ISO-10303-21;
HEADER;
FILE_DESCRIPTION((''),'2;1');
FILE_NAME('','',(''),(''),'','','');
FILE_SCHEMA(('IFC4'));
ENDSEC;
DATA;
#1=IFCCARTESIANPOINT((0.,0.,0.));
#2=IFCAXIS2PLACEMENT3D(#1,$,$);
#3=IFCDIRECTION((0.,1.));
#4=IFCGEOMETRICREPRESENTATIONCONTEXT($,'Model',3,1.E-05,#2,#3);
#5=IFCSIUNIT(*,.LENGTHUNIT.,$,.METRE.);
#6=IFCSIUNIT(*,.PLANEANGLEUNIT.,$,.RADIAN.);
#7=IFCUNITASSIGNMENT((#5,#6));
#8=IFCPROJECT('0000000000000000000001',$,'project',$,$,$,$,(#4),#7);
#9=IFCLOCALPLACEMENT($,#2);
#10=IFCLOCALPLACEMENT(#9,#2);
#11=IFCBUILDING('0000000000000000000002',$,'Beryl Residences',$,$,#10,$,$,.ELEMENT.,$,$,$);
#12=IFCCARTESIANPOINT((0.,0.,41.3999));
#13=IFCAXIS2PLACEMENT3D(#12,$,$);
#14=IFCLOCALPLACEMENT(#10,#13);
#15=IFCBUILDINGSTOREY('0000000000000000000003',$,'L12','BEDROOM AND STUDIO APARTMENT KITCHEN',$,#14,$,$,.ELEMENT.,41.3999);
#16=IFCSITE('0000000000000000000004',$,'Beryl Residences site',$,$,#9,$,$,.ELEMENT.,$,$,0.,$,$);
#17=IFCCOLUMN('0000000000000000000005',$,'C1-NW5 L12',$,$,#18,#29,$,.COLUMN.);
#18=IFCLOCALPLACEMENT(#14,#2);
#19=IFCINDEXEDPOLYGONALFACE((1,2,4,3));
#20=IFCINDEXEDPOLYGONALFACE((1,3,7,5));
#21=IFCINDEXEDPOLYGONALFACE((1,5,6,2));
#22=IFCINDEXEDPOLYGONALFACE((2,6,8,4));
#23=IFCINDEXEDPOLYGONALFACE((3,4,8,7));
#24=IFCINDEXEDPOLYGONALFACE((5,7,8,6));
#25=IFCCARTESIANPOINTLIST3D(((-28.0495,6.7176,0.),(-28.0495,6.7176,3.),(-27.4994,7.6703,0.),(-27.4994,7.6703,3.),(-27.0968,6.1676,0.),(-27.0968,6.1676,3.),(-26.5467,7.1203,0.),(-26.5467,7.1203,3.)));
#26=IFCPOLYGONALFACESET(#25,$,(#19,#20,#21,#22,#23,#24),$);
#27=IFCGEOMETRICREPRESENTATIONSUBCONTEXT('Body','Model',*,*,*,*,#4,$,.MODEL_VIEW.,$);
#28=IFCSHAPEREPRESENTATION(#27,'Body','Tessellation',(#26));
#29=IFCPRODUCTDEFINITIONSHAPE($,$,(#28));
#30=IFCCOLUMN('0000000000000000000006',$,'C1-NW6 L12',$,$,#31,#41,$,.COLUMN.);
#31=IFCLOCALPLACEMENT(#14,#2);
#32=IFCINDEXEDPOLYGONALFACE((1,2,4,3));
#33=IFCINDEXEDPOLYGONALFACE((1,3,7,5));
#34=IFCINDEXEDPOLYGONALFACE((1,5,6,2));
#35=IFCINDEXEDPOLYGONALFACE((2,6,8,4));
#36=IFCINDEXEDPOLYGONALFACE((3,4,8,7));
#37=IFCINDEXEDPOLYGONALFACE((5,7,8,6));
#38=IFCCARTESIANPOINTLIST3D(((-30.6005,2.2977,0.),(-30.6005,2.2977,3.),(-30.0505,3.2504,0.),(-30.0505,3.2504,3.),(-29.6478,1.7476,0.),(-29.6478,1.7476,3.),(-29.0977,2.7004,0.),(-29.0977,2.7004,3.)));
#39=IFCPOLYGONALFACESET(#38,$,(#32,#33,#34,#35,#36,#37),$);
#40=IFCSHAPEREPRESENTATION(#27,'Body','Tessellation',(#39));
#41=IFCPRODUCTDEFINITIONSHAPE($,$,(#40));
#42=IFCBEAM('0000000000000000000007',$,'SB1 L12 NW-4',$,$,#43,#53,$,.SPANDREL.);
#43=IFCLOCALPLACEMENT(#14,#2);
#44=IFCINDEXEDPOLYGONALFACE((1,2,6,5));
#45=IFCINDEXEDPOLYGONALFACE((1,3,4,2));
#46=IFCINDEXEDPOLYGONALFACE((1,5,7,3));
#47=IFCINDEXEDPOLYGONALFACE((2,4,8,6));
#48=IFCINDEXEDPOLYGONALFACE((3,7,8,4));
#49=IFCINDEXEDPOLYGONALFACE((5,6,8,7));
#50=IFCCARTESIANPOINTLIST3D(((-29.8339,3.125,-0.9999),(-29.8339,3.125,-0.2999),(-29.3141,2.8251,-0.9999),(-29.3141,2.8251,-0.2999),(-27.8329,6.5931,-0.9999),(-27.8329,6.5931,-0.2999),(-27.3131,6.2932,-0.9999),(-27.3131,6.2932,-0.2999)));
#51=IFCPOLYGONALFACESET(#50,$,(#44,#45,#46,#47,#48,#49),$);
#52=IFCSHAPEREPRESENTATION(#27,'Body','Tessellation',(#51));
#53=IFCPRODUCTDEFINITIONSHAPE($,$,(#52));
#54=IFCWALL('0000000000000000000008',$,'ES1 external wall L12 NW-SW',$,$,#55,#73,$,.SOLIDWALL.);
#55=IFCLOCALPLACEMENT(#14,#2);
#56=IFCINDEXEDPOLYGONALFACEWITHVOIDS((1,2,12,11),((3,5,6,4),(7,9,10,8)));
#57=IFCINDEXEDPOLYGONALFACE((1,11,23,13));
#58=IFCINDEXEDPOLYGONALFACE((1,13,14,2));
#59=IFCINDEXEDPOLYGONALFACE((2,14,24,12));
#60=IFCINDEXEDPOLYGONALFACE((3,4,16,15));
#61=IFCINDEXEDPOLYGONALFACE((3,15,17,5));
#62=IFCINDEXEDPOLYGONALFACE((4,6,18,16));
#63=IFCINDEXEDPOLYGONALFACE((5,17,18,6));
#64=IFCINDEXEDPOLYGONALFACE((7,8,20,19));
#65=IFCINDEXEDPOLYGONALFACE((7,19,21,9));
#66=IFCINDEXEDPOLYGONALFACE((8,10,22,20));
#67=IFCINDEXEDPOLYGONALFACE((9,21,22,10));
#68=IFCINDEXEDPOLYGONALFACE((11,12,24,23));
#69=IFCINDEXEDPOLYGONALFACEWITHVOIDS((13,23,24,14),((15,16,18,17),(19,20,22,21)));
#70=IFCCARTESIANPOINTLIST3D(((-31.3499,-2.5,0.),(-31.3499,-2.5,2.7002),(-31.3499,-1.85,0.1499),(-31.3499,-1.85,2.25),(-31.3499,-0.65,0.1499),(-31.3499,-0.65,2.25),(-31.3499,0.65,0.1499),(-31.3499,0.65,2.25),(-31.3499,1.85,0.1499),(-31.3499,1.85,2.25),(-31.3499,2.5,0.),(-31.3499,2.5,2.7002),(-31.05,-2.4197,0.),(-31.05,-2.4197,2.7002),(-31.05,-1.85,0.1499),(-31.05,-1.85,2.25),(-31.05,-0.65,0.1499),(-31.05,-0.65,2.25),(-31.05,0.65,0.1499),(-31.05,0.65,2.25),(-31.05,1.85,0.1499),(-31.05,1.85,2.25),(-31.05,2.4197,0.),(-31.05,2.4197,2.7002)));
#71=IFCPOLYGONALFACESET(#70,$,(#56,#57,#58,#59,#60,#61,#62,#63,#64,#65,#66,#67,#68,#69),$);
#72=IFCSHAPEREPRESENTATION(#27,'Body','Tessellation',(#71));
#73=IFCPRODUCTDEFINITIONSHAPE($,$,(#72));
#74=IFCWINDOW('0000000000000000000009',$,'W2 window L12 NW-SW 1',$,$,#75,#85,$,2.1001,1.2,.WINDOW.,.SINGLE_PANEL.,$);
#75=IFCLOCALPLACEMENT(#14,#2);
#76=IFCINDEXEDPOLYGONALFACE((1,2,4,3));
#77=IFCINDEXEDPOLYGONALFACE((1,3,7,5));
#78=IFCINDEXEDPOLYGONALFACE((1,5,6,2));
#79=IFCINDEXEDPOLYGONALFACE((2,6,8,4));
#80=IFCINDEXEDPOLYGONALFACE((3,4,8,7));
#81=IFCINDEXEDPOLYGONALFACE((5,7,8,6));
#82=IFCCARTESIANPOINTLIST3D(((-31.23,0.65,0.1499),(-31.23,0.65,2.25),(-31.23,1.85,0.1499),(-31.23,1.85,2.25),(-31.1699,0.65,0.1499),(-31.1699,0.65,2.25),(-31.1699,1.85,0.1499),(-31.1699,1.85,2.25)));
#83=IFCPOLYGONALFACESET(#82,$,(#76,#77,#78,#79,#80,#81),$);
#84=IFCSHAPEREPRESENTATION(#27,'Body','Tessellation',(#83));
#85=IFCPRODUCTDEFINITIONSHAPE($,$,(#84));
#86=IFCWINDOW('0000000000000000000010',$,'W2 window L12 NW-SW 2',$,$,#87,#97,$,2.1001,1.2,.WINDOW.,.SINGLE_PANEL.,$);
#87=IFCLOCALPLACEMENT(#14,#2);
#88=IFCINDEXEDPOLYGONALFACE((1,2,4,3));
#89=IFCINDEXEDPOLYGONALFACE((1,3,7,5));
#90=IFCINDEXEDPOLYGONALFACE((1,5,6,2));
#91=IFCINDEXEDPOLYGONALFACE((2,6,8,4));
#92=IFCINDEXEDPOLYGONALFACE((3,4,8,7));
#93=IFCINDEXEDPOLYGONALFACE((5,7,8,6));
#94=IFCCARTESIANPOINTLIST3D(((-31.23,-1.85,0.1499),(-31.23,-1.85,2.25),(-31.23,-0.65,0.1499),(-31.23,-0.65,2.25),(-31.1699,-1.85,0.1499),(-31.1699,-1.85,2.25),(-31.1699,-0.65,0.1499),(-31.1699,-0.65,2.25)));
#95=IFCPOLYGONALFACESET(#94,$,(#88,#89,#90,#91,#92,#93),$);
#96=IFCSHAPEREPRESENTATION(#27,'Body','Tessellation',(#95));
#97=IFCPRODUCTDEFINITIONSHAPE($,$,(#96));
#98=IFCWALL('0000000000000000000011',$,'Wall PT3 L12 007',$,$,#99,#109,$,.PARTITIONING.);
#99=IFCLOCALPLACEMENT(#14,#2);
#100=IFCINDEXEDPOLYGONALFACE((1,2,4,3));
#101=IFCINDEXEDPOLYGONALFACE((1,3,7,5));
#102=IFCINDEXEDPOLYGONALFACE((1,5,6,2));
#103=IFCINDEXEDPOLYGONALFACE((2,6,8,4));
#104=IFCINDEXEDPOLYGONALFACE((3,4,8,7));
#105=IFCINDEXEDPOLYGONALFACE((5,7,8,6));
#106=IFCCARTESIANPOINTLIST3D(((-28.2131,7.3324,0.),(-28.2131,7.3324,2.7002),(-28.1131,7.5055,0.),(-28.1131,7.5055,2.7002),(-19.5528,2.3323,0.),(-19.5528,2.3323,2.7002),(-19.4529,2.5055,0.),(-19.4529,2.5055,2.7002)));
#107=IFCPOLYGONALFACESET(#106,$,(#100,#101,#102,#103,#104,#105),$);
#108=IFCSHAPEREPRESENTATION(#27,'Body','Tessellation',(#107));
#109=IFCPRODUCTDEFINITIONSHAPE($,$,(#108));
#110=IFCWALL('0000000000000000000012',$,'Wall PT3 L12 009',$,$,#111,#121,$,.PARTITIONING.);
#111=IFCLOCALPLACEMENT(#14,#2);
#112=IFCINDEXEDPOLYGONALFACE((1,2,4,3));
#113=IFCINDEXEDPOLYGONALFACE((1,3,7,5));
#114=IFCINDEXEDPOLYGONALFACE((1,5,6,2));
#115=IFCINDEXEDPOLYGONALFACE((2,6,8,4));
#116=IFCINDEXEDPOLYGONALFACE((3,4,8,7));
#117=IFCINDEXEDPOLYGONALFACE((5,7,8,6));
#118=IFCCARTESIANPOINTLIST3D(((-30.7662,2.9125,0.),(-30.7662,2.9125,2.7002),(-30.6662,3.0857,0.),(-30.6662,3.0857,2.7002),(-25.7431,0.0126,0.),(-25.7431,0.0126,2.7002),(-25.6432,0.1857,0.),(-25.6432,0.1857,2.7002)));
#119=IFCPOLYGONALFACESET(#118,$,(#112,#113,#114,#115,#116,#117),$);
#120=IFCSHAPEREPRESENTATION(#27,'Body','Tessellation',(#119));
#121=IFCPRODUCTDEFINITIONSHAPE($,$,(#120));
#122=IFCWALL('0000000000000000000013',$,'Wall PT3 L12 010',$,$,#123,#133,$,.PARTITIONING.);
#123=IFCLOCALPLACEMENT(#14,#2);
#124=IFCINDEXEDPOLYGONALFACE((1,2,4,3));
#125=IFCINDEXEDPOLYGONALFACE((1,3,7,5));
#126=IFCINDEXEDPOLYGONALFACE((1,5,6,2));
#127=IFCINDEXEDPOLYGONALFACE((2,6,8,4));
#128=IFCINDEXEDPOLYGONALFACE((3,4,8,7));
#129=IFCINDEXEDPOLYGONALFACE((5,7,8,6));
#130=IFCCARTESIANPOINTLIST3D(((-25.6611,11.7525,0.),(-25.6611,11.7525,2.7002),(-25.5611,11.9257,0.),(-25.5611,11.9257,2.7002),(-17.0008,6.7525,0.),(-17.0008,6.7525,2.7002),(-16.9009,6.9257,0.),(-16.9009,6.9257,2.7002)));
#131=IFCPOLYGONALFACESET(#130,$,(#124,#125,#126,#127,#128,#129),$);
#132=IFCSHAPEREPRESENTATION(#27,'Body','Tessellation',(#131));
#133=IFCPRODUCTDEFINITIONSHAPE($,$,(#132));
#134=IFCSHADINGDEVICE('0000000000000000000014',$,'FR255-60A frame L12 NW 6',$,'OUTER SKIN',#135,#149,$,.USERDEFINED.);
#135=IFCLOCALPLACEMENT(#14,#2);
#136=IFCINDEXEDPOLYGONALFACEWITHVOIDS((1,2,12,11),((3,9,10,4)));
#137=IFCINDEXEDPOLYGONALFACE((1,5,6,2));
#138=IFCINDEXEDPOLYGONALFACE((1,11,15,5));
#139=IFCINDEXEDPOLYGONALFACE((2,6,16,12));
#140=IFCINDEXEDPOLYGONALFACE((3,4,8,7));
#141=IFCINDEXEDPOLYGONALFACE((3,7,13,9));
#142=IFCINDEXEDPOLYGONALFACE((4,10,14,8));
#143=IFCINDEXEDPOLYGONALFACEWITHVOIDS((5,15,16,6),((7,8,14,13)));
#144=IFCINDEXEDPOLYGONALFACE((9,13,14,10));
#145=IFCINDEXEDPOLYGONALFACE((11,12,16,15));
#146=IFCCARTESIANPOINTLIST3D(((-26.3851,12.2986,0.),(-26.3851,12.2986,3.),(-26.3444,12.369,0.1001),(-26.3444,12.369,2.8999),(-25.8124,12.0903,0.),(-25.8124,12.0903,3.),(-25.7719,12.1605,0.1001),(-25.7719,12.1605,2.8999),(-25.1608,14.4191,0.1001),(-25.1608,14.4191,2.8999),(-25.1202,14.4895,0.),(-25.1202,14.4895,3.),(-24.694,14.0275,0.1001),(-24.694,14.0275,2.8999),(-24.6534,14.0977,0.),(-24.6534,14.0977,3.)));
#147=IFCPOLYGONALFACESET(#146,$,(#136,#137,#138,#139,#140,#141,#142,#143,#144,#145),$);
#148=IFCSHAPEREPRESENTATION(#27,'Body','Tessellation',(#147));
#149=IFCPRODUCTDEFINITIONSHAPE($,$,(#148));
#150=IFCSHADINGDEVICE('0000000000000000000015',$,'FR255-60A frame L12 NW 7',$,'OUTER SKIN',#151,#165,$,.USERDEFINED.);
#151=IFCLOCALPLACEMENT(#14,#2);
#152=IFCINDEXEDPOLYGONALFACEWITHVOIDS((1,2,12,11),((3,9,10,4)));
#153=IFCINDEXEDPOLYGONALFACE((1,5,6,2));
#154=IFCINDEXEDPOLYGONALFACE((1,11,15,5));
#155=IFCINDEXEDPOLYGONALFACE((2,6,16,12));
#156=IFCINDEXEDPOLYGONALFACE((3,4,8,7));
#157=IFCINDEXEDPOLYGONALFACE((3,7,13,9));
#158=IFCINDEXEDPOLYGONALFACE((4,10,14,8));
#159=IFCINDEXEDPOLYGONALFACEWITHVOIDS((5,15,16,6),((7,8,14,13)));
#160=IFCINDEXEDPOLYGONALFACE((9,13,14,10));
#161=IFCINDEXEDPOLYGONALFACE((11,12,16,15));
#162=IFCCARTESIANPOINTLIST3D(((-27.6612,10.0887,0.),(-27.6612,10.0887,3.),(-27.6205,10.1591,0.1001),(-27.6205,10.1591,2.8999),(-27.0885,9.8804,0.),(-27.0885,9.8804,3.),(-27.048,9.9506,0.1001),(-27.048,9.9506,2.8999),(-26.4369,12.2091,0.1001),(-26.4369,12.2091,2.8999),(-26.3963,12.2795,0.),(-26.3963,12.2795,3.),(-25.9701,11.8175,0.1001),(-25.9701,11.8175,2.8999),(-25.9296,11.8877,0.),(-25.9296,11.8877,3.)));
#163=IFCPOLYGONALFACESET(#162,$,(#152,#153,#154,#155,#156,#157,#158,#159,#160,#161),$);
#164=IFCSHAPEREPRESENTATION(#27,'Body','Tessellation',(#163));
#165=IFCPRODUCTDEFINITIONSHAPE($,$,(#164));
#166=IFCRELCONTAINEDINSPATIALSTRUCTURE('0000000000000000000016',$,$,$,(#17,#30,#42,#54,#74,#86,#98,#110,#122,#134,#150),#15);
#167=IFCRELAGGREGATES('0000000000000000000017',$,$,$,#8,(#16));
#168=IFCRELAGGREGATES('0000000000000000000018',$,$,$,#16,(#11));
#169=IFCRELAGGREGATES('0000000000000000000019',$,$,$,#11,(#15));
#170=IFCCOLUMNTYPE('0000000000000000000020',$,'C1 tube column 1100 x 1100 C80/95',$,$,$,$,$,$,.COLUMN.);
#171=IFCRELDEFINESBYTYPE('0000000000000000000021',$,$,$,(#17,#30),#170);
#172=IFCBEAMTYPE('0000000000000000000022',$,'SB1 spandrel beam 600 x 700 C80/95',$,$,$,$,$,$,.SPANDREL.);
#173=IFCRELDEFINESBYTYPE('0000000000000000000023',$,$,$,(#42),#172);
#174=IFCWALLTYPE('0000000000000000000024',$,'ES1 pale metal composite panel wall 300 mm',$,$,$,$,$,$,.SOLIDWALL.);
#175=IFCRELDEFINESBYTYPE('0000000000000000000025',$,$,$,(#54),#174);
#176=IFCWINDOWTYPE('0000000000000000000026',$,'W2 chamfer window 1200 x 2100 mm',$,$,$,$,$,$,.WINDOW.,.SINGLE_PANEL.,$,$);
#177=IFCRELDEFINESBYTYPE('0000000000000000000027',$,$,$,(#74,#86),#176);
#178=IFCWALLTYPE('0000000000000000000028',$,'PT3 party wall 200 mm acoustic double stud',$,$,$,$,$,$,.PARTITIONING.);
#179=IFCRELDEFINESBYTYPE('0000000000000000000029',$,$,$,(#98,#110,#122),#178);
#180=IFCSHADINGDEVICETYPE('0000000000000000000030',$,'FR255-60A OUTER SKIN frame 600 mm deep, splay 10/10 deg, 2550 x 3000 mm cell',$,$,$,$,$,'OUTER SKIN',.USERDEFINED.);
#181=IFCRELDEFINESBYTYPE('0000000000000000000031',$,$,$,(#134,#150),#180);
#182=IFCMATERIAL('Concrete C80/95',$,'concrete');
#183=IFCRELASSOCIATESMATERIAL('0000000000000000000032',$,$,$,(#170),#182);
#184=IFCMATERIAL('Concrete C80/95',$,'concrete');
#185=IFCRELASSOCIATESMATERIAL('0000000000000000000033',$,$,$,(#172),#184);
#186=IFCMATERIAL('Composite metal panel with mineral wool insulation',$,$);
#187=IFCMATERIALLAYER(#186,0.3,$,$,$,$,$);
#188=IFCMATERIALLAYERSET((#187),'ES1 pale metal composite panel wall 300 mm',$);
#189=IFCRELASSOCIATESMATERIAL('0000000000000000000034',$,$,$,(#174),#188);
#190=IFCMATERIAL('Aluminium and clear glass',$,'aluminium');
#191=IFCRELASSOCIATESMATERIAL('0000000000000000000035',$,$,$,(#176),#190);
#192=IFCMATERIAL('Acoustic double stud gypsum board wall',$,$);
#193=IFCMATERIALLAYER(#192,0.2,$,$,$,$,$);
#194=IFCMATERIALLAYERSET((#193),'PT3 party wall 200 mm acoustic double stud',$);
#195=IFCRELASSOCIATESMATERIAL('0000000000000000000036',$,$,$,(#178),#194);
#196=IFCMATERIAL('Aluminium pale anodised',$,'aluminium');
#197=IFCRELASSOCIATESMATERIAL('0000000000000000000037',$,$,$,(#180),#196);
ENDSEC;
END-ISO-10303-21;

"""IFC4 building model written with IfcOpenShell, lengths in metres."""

from ifc_helpers import new_model, entity, si_unit, direction, frame, frame_2d, origin, origin_2d, place, context, subcontext, project, spatial, polyline, rectangle, outline, extrude, source, transform, mapped, material, layer, layer_set, material_profile, profile_set, type_object, type_shapes, element, fill, save


model = new_model("IFC4")

# Units and contexts
model_context = context("Model", 3, precision=1e-05, world=origin(), true_north=direction((0.0, 1.0)))
body_context = subcontext(model_context, "Body", "Model", "MODEL_VIEW")
ifc_project = project(units=[si_unit("LENGTHUNIT", "METRE"), si_unit("PLANEANGLEUNIT", "RADIAN")], contexts=[model_context])

# Site, building, storey
site_placement = place(None, origin())
site = spatial("IfcSite", under=ifc_project, at=site_placement, Name="Beryl Residences site", CompositionType="ELEMENT", RefElevation=0.0)
building_placement = place(site_placement, origin())
building = spatial("IfcBuilding", under=site, at=building_placement, Name="Beryl Residences", CompositionType="ELEMENT")
storey_placement = place(building_placement, frame((0.0, 0.0, 41.3999)))
storey = spatial("IfcBuildingStorey", under=building, at=storey_placement, Name="L12", Description="BEDROOM AND STUDIO APARTMENT KITCHEN", CompositionType="ELEMENT", Elevation=41.3999)

# Columns
ifc_material_1 = material(Name="Concrete C80/95", Category="concrete")
ifc_material_profile_1 = material_profile(ifc_material_1, rectangle(XDim=1.1001, YDim=1.1001, at=origin_2d()))
ifc_profile_set_1 = profile_set([ifc_material_profile_1], Name="Concrete C80/95")
column_type = type_object("IfcColumnType", Name="C1 tube column 1100 x 1100 C80/95", PredefinedType="COLUMN", material=ifc_profile_set_1)
for number, where, z_axis, x_axis, name in (
    (1, (-27.2981, 6.9189, 0.0), (0.0, 0.0, 1.0), (-0.499985, -0.866034, 0.0), "C1-NW5 L12"),
    (2, (-29.8491, 2.499, 0.0), (0.0, 0.0, 1.0), (-0.499985, -0.866034, 0.0), "C1-NW6 L12"),
):
    element("IfcColumn", number, at=place(storey_placement, frame(where, z_axis=z_axis, x_axis=x_axis)), inside=storey, type_object=column_type, Name=name, PredefinedType="COLUMN", context=body_context, shape_type="SweptSolid", body=[
        extrude(rectangle(XDim=1.1001, YDim=1.1001, at=origin_2d()), origin(), (0.0, 0.0, 1.0), 3.0),
    ])

# Beam
ifc_material_2 = material(Name="Concrete C80/95", Category="concrete")
ifc_material_profile_2 = material_profile(ifc_material_2, rectangle(XDim=0.6001, YDim=0.7, at=origin_2d()))
ifc_profile_set_2 = profile_set([ifc_material_profile_2], Name="Concrete C80/95")
beam_type = type_object("IfcBeamType", Name="SB1 spandrel beam 600 x 700 C80/95", PredefinedType="SPANDREL", material=ifc_profile_set_2)
beam_placement = place(storey_placement, frame((-27.573, 6.4431, -0.6499), z_axis=(-0.499759, -0.866164, 0.0), x_axis=(0.866164, -0.499759, 0.0)))
element("IfcBeam", 3, at=beam_placement, inside=storey, type_object=beam_type, Name="SB1 L12 NW-4", PredefinedType="SPANDREL", context=body_context, shape_type="SweptSolid", body=[
    extrude(rectangle(XDim=0.6001, YDim=0.7, at=origin_2d()), origin(), (0.0, 0.0, 1.0), 4.0039),
])

# Wall, openings, windows
ifc_material_3 = material(Name="Composite metal panel with mineral wool insulation")
ifc_layer_1 = layer(ifc_material_3, 0.3)
ifc_layer_set_1 = layer_set([ifc_layer_1], Name="ES1 pale metal composite panel wall 300 mm")
wall_type_1 = type_object("IfcWallType", Name="ES1 pale metal composite panel wall 300 mm", PredefinedType="SOLIDWALL", material=ifc_layer_set_1)
wall_1_placement = place(storey_placement, frame((-31.2, 2.5, 0.0), z_axis=(0.0, 0.0, 1.0), x_axis=(0.0, -1.0, 0.0)))
wall_1 = element("IfcWall", 4, at=wall_1_placement, inside=storey, type_object=wall_type_1, Name="ES1 external wall L12 NW-SW", PredefinedType="SOLIDWALL", context=body_context, shape_type="SweptSolid", body=[
    extrude(outline(polyline([(0.0, -0.1499), (5.0, -0.1499), (4.9197, 0.1499), (0.0803, 0.1499), (0.0, -0.1499)])), origin(), (0.0, 0.0, 1.0), 2.7002),
])
opening_1_placement = place(wall_1_placement, frame((0.6499, 0.0, 0.1499)))
opening_1 = element("IfcOpeningElement", 5, at=opening_1_placement, cuts=wall_1, PredefinedType="OPENING", context=body_context, shape_type="SweptSolid", body=[
    extrude(rectangle(XDim=1.2, YDim=2.1001, at=frame_2d((0.6001, 1.05))), frame((0.0, 0.1599, 0.0), z_axis=(0.0, -1.0, 0.0), x_axis=(1.0, 0.0, 0.0)), (0.0, 0.0, 1.0), 0.3201),
])
opening_2_placement = place(wall_1_placement, frame((3.1499, 0.0, 0.1499)))
opening_2 = element("IfcOpeningElement", 6, at=opening_2_placement, cuts=wall_1, PredefinedType="OPENING", context=body_context, shape_type="SweptSolid", body=[
    extrude(rectangle(XDim=1.2, YDim=2.1001, at=frame_2d((0.6001, 1.05))), frame((0.0, 0.1599, 0.0), z_axis=(0.0, -1.0, 0.0), x_axis=(1.0, 0.0, 0.0)), (0.0, 0.0, 1.0), 0.3201),
])
ifc_material_4 = material(Name="Aluminium and clear glass", Category="aluminium")
window_type = type_object("IfcWindowType", Name="W2 chamfer window 1200 x 2100 mm", PartitioningType="SINGLE_PANEL", PredefinedType="WINDOW", material=ifc_material_4)
window_1_placement = place(opening_1_placement, origin())
window_1 = element("IfcWindow", 7, at=window_1_placement, inside=storey, type_object=window_type, Name="W2 window L12 NW-SW 1", OverallHeight=2.1001, OverallWidth=1.2, PartitioningType="SINGLE_PANEL", PredefinedType="WINDOW", context=body_context, shape_type="SweptSolid", body=[
    extrude(rectangle(XDim=1.2, YDim=2.1001, at=frame_2d((0.6001, 1.05))), frame((0.0, 0.03, 0.0), z_axis=(0.0, -1.0, 0.0), x_axis=(1.0, 0.0, 0.0)), (0.0, 0.0, 1.0), 0.0601),
])
fill(opening_1, window_1)
window_2_placement = place(opening_2_placement, origin())
window_2 = element("IfcWindow", 8, at=window_2_placement, inside=storey, type_object=window_type, Name="W2 window L12 NW-SW 2", OverallHeight=2.1001, OverallWidth=1.2, PartitioningType="SINGLE_PANEL", PredefinedType="WINDOW", context=body_context, shape_type="SweptSolid", body=[
    extrude(rectangle(XDim=1.2, YDim=2.1001, at=frame_2d((0.6001, 1.05))), frame((0.0, 0.03, 0.0), z_axis=(0.0, -1.0, 0.0), x_axis=(1.0, 0.0, 0.0)), (0.0, 0.0, 1.0), 0.0601),
])
fill(opening_2, window_2)

# Walls
ifc_material_5 = material(Name="Acoustic double stud gypsum board wall")
ifc_layer_2 = layer(ifc_material_5, 0.2)
ifc_layer_set_2 = layer_set([ifc_layer_2], Name="PT3 party wall 200 mm acoustic double stud")
wall_type_2 = type_object("IfcWallType", Name="PT3 party wall 200 mm acoustic double stud", PredefinedType="PARTITIONING", material=ifc_layer_set_2)
wall_2_placement = place(storey_placement, frame((-28.1631, 7.4189, 0.0), z_axis=(0.0, 0.0, 1.0), x_axis=(0.866023, -0.500004, 0.0)))
element("IfcWall", 9, at=wall_2_placement, inside=storey, type_object=wall_type_2, Name="Wall PT3 L12 007", PredefinedType="PARTITIONING", context=body_context, shape_type="SweptSolid", body=[
    extrude(rectangle(XDim=10.0, YDim=0.2, at=frame_2d((5.0, 0.0))), origin(), (0.0, 0.0, 1.0), 2.7002),
])
wall_3_placement = place(storey_placement, frame((-30.7161, 2.999, 0.0), z_axis=(0.0, 0.0, 1.0), x_axis=(0.866033, -0.499987, 0.0)))
element("IfcWall", 10, at=wall_3_placement, inside=storey, type_object=wall_type_2, Name="Wall PT3 L12 009", PredefinedType="PARTITIONING", context=body_context, shape_type="SweptSolid", body=[
    extrude(rectangle(XDim=5.8, YDim=0.2, at=frame_2d((2.8999, 0.0))), origin(), (0.0, 0.0, 1.0), 2.7002),
])
wall_4_placement = place(storey_placement, frame((-25.6111, 11.8391, 0.0), z_axis=(0.0, 0.0, 1.0), x_axis=(0.866023, -0.500004, 0.0)))
element("IfcWall", 11, at=wall_4_placement, inside=storey, type_object=wall_type_2, Name="Wall PT3 L12 010", PredefinedType="PARTITIONING", context=body_context, shape_type="SweptSolid", body=[
    extrude(rectangle(XDim=10.0, YDim=0.2, at=frame_2d((5.0, 0.0))), origin(), (0.0, 0.0, 1.0), 2.7002),
])

# Shading devices
ifc_material_6 = material(Name="Aluminium pale anodised", Category="aluminium")
shading_device_type = type_object("IfcShadingDeviceType", Name="FR255-60A OUTER SKIN frame 600 mm deep, splay 10/10 deg, 2550 x 3000 mm cell", ElementType="OUTER SKIN", PredefinedType="USERDEFINED", material=ifc_material_6)
cartesian_point_1 = entity("IfcCartesianPoint", [-1.1589, 0.0])
cartesian_point_2 = entity("IfcCartesianPoint", [-1.0779, 0.1001])
cartesian_point_3 = entity("IfcCartesianPoint", [-1.2649, 0.0])
cartesian_point_4 = entity("IfcCartesianPoint", [-1.1836, 0.1001])
shared_shape_1 = source(origin(), body_context, "Body", "SweptSolid", [
    entity("IfcExtrudedAreaSolidTapered", entity("IfcArbitraryProfileDefWithVoids", "AREA", None, entity("IfcPolyline", [cartesian_point_1, entity("IfcCartesianPoint", [1.1589, 0.0]), entity("IfcCartesianPoint", [1.1589, 3.0]), entity("IfcCartesianPoint", [-1.1589, 3.0]), cartesian_point_1]), [entity("IfcPolyline", [cartesian_point_2, entity("IfcCartesianPoint", [1.0779, 0.1001]), entity("IfcCartesianPoint", [1.0779, 2.8999]), entity("IfcCartesianPoint", [-1.0779, 2.8999]), cartesian_point_2])]), entity("IfcAxis2Placement3D", entity("IfcCartesianPoint", [0.0, 0.0, 0.0]), entity("IfcDirection", [0.0, 1.0, 0.0]), entity("IfcDirection", [-1.0, 0.0, 0.0])), entity("IfcDirection", [0.0, 0.0, 1.0]), 0.6001, entity("IfcArbitraryProfileDefWithVoids", "AREA", None, entity("IfcPolyline", [cartesian_point_3, entity("IfcCartesianPoint", [1.2649, 0.0]), entity("IfcCartesianPoint", [1.2649, 3.0]), entity("IfcCartesianPoint", [-1.2649, 3.0]), cartesian_point_3]), [entity("IfcPolyline", [cartesian_point_4, entity("IfcCartesianPoint", [1.1836, 0.1001]), entity("IfcCartesianPoint", [1.1836, 2.8999]), entity("IfcCartesianPoint", [-1.1836, 2.8999]), cartesian_point_4])])),
])
type_shapes(shading_device_type, [shared_shape_1])
for number, where, z_axis, x_axis, name in (
    (12, (-25.2329, 13.094, 0.0), (0.0, 0.0, 1.0), (0.5, 0.866025, 0.0), "FR255-60A frame L12 NW 6"),
    (13, (-26.509, 10.884, 0.0), (0.0, 0.0, 1.0), (0.5, 0.866025, 0.0), "FR255-60A frame L12 NW 7"),
):
    element("IfcShadingDevice", number, at=place(storey_placement, frame(where, z_axis=z_axis, x_axis=x_axis)), inside=storey, type_object=shading_device_type, Name=name, ObjectType="OUTER SKIN", PredefinedType="USERDEFINED", context=body_context, shape_type="MappedRepresentation", body=[
        mapped(shared_shape_1, transform((0.0, 0.0, 0.0))),
    ])

save(model, "model.ifc")
